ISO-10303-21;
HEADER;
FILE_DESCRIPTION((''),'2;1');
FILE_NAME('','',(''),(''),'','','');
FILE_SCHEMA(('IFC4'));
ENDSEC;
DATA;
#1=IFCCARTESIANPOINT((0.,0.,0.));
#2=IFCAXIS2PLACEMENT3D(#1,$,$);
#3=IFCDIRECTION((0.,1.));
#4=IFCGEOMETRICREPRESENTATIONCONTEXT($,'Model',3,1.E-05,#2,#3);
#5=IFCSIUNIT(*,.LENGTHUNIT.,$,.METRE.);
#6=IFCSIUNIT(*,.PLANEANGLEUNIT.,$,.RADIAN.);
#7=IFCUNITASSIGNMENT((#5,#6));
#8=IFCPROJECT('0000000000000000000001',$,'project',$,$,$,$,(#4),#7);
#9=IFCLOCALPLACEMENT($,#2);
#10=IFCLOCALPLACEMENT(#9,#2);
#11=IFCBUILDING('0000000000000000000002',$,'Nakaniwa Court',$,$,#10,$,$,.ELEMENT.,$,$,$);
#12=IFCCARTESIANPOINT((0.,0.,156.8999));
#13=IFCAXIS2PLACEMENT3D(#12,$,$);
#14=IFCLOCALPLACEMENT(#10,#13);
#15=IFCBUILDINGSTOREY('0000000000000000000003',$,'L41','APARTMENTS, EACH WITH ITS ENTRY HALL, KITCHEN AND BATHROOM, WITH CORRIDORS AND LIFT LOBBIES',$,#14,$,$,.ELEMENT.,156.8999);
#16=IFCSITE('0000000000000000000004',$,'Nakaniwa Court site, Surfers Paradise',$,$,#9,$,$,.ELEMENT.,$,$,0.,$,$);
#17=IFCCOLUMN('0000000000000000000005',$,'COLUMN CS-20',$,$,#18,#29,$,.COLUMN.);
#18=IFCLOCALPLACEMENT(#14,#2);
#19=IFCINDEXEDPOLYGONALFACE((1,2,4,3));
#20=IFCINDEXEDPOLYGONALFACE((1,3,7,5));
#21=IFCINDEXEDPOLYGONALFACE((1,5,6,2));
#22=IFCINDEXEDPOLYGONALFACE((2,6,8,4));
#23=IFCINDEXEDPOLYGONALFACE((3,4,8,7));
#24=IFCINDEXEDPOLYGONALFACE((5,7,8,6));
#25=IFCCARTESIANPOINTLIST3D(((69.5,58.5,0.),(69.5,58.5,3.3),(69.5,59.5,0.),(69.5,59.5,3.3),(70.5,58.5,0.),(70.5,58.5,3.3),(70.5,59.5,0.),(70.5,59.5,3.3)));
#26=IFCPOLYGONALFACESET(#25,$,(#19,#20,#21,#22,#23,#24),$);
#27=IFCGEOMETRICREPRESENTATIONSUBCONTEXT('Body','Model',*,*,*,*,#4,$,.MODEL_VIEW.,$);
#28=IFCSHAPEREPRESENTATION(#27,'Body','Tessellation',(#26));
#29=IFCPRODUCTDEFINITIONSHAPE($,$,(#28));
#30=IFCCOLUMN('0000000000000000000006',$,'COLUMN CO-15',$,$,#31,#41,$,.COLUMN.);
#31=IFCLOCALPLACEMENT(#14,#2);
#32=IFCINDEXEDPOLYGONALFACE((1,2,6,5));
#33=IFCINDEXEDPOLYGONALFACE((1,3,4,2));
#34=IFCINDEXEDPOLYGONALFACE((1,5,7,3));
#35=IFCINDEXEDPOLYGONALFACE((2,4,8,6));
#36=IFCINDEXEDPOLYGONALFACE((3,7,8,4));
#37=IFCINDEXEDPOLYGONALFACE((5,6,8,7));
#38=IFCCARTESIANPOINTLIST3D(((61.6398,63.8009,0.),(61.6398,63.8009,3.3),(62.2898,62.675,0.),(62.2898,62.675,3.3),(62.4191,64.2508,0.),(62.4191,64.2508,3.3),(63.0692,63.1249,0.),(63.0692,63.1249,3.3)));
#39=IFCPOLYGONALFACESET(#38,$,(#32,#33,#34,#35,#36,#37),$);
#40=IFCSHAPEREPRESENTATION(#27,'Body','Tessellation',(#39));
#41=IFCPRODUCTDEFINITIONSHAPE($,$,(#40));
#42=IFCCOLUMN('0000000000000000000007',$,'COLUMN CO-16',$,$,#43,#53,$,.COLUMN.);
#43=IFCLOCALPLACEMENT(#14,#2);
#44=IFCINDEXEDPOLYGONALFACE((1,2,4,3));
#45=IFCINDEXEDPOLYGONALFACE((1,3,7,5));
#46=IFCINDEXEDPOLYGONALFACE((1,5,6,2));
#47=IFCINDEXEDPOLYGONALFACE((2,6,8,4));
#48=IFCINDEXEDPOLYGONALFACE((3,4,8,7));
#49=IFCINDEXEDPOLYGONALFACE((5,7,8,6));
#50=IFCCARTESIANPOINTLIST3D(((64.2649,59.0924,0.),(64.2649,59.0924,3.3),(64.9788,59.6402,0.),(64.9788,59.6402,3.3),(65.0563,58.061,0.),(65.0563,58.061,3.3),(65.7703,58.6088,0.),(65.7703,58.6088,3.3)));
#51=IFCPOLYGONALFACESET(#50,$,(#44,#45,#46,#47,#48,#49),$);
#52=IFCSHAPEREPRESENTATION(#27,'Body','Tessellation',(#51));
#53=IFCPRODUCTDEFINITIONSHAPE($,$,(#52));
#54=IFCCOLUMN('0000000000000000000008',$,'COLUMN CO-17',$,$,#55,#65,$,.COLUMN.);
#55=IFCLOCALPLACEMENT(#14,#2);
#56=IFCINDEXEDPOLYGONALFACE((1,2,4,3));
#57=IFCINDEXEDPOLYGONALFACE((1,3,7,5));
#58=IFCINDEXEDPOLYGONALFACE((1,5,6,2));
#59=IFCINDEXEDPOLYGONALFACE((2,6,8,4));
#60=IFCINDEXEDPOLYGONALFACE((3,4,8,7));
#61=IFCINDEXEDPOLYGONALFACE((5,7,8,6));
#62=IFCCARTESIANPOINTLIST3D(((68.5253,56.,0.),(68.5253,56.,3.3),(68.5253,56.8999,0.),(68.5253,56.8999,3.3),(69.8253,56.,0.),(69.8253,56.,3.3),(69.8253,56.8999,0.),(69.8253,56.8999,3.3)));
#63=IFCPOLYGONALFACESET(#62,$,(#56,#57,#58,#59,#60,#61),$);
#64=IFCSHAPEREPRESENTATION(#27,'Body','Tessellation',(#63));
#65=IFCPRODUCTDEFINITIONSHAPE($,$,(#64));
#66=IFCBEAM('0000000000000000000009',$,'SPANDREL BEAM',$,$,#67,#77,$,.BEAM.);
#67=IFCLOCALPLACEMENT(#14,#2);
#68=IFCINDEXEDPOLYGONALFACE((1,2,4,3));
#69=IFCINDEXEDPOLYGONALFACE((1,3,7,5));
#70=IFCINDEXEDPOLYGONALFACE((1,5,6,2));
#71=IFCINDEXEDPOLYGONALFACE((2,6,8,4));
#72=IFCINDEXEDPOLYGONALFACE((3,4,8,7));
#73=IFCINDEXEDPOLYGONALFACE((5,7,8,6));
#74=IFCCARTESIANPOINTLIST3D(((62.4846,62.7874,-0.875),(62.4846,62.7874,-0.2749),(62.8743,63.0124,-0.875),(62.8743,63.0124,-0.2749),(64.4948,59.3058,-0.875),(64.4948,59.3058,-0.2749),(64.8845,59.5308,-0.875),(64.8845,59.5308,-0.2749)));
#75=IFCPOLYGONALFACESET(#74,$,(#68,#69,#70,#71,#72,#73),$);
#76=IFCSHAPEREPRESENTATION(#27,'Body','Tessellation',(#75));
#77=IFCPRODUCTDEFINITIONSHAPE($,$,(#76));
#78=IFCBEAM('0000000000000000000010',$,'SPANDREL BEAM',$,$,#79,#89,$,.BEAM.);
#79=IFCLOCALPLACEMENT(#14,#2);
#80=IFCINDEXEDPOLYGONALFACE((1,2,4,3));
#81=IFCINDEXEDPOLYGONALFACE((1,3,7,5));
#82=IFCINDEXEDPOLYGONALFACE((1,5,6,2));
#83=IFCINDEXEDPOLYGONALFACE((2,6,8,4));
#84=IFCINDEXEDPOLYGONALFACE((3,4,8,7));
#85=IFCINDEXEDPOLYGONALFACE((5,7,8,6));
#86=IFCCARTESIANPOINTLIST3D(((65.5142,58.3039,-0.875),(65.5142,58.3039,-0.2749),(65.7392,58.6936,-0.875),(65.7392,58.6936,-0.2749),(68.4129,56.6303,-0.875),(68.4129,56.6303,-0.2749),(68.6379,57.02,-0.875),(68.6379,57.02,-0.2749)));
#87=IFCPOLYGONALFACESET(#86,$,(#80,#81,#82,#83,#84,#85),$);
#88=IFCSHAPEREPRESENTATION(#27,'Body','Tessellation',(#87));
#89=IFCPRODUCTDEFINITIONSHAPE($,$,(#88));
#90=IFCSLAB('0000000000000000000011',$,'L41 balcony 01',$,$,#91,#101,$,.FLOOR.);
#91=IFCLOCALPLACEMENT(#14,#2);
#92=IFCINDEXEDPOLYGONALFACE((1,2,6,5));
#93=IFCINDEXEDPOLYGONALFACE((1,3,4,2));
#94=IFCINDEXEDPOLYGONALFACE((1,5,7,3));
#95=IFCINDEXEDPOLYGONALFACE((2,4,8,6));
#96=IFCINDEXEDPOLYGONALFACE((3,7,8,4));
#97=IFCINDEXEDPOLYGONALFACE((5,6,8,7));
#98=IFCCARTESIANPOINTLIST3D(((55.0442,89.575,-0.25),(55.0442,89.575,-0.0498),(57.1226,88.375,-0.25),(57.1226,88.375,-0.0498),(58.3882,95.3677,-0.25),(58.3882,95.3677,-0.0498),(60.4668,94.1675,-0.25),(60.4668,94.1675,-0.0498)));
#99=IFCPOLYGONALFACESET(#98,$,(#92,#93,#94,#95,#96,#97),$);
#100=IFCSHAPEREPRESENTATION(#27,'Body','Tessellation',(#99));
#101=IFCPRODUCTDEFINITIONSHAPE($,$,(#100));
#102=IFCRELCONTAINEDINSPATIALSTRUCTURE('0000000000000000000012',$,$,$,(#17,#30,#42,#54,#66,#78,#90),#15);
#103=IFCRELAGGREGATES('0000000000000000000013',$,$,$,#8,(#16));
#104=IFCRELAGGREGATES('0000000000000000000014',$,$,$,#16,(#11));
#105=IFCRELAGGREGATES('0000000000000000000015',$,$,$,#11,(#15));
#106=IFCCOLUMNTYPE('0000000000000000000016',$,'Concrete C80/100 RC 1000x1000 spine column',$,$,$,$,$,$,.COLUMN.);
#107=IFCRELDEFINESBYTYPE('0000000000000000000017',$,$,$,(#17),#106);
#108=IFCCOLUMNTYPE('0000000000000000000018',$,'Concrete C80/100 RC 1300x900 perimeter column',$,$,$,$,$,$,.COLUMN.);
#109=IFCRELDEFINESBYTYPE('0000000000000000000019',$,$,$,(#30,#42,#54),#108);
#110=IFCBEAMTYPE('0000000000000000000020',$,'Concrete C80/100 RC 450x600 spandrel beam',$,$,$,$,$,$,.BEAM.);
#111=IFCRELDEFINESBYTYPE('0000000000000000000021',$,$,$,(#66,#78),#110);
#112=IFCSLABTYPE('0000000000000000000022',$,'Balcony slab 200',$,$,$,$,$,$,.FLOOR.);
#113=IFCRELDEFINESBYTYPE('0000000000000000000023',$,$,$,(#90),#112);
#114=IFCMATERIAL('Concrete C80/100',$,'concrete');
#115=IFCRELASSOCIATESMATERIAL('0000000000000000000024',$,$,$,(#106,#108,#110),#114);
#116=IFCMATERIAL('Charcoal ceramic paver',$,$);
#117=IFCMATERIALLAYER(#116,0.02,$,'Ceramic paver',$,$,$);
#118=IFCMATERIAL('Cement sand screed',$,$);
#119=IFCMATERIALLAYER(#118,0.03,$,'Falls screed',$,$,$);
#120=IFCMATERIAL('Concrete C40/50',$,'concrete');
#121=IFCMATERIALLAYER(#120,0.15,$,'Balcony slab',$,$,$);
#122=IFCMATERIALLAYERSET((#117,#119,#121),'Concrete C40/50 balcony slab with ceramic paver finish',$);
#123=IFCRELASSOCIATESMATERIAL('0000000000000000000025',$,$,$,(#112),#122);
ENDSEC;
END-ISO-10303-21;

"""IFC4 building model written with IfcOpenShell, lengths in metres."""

from ifc_helpers import new_model, si_unit, direction, frame, origin, origin_2d, place, context, subcontext, project, spatial, polyline, rectangle, outline, extrude, material, layer, layer_set, material_profile, profile_set, type_object, element, save


model = new_model("IFC4")

# Units and contexts
model_context = context("Model", 3, precision=1e-05, world=origin(), true_north=direction((0.0, 1.0)))
body_context = subcontext(model_context, "Body", "Model", "MODEL_VIEW")
ifc_project = project(units=[si_unit("LENGTHUNIT", "METRE"), si_unit("PLANEANGLEUNIT", "RADIAN")], contexts=[model_context])

# Site, building, storey
site_placement = place(None, origin())
site = spatial("IfcSite", under=ifc_project, at=site_placement, Name="Nakaniwa Court site, Surfers Paradise", CompositionType="ELEMENT", RefElevation=0.0)
building_placement = place(site_placement, origin())
building = spatial("IfcBuilding", under=site, at=building_placement, Name="Nakaniwa Court", CompositionType="ELEMENT")
storey_placement = place(building_placement, frame((0.0, 0.0, 156.8999)))
storey = spatial("IfcBuildingStorey", under=building, at=storey_placement, Name="L41", Description="APARTMENTS, EACH WITH ITS ENTRY HALL, KITCHEN AND BATHROOM, WITH CORRIDORS AND LIFT LOBBIES", CompositionType="ELEMENT", Elevation=156.8999)

# Columns
ifc_material_1 = material(Name="Concrete C80/100", Category="concrete")
ifc_material_profile_1 = material_profile(ifc_material_1, rectangle(XDim=1.0, YDim=1.0, at=origin_2d()), Name="Concrete C80/100 RC 1000x1000 spine column")
ifc_profile_set_1 = profile_set([ifc_material_profile_1], Name="Concrete C80/100")
column_type_1 = type_object("IfcColumnType", Name="Concrete C80/100 RC 1000x1000 spine column", PredefinedType="COLUMN", material=ifc_profile_set_1)
column_placement = place(storey_placement, frame((70.0, 59.0, 0.0), z_axis=(0.0, 0.0, 1.0), x_axis=(0.0, -1.0, 0.0)))
element("IfcColumn", 1, at=column_placement, inside=storey, type_object=column_type_1, Name="COLUMN CS-20", PredefinedType="COLUMN", context=body_context, shape_type="SweptSolid", body=[
    extrude(rectangle(XDim=1.0, YDim=1.0, at=origin_2d()), origin(), (0.0, 0.0, 1.0), 3.3),
])
ifc_material_profile_2 = material_profile(ifc_material_1, rectangle(XDim=1.3, YDim=0.8999, at=origin_2d()), Name="Concrete C80/100 RC 1300x900 perimeter column")
ifc_profile_set_2 = profile_set([ifc_material_profile_2], Name="Concrete C80/100")
column_type_2 = type_object("IfcColumnType", Name="Concrete C80/100 RC 1300x900 perimeter column", PredefinedType="COLUMN", material=ifc_profile_set_2)
for number, where, z_axis, x_axis, name in (
    (2, (62.3545, 63.4629, 0.0), (0.0, 0.0, 1.0), (0.5, -0.866025, 0.0), "COLUMN CO-15"),
    (3, (65.0176, 58.8506, 0.0), (0.0, 0.0, 1.0), (0.608761, -0.793353, 0.0), "COLUMN CO-16"),
    (4, (69.1753, 56.45, 0.0), (0.0, 0.0, 1.0), (1.0, 0.0, 0.0), "COLUMN CO-17"),
):
    element("IfcColumn", number, at=place(storey_placement, frame(where, z_axis=z_axis, x_axis=x_axis)), inside=storey, type_object=column_type_2, Name=name, PredefinedType="COLUMN", context=body_context, shape_type="SweptSolid", body=[
        extrude(rectangle(XDim=1.3, YDim=0.8999, at=origin_2d()), origin(), (0.0, 0.0, 1.0), 3.3),
    ])

# Beams
ifc_material_profile_3 = material_profile(ifc_material_1, rectangle(XDim=0.45, YDim=0.6001, at=origin_2d()), Name="Concrete C80/100 RC 450x600 spandrel beam")
ifc_profile_set_3 = profile_set([ifc_material_profile_3], Name="Concrete C80/100")
beam_type = type_object("IfcBeamType", Name="Concrete C80/100 RC 450x600 spandrel beam", PredefinedType="BEAM", material=ifc_profile_set_3)
beam_1_placement = place(storey_placement, frame((62.6794, 62.8999, -0.575), z_axis=(0.500019, -0.866015, 0.0), x_axis=(0.866015, 0.500019, 0.0)))
element("IfcBeam", 5, at=beam_1_placement, inside=storey, type_object=beam_type, Name="SPANDREL BEAM", PredefinedType="BEAM", context=body_context, shape_type="SweptSolid", body=[
    extrude(rectangle(XDim=0.45, YDim=0.6001, at=origin_2d()), origin(), (0.0, 0.0, 1.0), 4.0203),
])
beam_2_placement = place(storey_placement, frame((65.6267, 58.4988, -0.575), z_axis=(0.866022, -0.500007, 0.0), x_axis=(0.500007, 0.866022, 0.0)))
element("IfcBeam", 6, at=beam_2_placement, inside=storey, type_object=beam_type, Name="SPANDREL BEAM", PredefinedType="BEAM", context=body_context, shape_type="SweptSolid", body=[
    extrude(rectangle(XDim=0.45, YDim=0.6001, at=origin_2d()), origin(), (0.0, 0.0, 1.0), 3.3472),
])

# Slab
ifc_material_2 = material(Name="Charcoal ceramic paver")
ifc_layer_1 = layer(ifc_material_2, 0.02, Name="Ceramic paver")
ifc_material_3 = material(Name="Cement sand screed")
ifc_layer_2 = layer(ifc_material_3, 0.03, Name="Falls screed")
ifc_material_4 = material(Name="Concrete C40/50", Category="concrete")
ifc_layer_3 = layer(ifc_material_4, 0.15, Name="Balcony slab")
ifc_layer_set_1 = layer_set([ifc_layer_1, ifc_layer_2, ifc_layer_3], Name="Concrete C40/50 balcony slab with ceramic paver finish")
slab_type_1 = type_object("IfcSlabType", Name="Balcony slab 200", PredefinedType="FLOOR", material=ifc_layer_set_1)
slab_1_placement = place(storey_placement, frame((0.0, 0.0, -0.25)))
element("IfcSlab", 7, at=slab_1_placement, inside=storey, type_object=slab_type_1, Name="L41 balcony 01", PredefinedType="FLOOR", context=body_context, shape_type="SweptSolid", body=[
    extrude(outline(polyline([(60.4668, 94.1675), (57.1226, 88.375), (55.0442, 89.575), (58.3882, 95.3677), (60.4668, 94.1675)])), origin(), (0.0, 0.0, 1.0), 0.2002),
])

save(model, "model.ifc")
